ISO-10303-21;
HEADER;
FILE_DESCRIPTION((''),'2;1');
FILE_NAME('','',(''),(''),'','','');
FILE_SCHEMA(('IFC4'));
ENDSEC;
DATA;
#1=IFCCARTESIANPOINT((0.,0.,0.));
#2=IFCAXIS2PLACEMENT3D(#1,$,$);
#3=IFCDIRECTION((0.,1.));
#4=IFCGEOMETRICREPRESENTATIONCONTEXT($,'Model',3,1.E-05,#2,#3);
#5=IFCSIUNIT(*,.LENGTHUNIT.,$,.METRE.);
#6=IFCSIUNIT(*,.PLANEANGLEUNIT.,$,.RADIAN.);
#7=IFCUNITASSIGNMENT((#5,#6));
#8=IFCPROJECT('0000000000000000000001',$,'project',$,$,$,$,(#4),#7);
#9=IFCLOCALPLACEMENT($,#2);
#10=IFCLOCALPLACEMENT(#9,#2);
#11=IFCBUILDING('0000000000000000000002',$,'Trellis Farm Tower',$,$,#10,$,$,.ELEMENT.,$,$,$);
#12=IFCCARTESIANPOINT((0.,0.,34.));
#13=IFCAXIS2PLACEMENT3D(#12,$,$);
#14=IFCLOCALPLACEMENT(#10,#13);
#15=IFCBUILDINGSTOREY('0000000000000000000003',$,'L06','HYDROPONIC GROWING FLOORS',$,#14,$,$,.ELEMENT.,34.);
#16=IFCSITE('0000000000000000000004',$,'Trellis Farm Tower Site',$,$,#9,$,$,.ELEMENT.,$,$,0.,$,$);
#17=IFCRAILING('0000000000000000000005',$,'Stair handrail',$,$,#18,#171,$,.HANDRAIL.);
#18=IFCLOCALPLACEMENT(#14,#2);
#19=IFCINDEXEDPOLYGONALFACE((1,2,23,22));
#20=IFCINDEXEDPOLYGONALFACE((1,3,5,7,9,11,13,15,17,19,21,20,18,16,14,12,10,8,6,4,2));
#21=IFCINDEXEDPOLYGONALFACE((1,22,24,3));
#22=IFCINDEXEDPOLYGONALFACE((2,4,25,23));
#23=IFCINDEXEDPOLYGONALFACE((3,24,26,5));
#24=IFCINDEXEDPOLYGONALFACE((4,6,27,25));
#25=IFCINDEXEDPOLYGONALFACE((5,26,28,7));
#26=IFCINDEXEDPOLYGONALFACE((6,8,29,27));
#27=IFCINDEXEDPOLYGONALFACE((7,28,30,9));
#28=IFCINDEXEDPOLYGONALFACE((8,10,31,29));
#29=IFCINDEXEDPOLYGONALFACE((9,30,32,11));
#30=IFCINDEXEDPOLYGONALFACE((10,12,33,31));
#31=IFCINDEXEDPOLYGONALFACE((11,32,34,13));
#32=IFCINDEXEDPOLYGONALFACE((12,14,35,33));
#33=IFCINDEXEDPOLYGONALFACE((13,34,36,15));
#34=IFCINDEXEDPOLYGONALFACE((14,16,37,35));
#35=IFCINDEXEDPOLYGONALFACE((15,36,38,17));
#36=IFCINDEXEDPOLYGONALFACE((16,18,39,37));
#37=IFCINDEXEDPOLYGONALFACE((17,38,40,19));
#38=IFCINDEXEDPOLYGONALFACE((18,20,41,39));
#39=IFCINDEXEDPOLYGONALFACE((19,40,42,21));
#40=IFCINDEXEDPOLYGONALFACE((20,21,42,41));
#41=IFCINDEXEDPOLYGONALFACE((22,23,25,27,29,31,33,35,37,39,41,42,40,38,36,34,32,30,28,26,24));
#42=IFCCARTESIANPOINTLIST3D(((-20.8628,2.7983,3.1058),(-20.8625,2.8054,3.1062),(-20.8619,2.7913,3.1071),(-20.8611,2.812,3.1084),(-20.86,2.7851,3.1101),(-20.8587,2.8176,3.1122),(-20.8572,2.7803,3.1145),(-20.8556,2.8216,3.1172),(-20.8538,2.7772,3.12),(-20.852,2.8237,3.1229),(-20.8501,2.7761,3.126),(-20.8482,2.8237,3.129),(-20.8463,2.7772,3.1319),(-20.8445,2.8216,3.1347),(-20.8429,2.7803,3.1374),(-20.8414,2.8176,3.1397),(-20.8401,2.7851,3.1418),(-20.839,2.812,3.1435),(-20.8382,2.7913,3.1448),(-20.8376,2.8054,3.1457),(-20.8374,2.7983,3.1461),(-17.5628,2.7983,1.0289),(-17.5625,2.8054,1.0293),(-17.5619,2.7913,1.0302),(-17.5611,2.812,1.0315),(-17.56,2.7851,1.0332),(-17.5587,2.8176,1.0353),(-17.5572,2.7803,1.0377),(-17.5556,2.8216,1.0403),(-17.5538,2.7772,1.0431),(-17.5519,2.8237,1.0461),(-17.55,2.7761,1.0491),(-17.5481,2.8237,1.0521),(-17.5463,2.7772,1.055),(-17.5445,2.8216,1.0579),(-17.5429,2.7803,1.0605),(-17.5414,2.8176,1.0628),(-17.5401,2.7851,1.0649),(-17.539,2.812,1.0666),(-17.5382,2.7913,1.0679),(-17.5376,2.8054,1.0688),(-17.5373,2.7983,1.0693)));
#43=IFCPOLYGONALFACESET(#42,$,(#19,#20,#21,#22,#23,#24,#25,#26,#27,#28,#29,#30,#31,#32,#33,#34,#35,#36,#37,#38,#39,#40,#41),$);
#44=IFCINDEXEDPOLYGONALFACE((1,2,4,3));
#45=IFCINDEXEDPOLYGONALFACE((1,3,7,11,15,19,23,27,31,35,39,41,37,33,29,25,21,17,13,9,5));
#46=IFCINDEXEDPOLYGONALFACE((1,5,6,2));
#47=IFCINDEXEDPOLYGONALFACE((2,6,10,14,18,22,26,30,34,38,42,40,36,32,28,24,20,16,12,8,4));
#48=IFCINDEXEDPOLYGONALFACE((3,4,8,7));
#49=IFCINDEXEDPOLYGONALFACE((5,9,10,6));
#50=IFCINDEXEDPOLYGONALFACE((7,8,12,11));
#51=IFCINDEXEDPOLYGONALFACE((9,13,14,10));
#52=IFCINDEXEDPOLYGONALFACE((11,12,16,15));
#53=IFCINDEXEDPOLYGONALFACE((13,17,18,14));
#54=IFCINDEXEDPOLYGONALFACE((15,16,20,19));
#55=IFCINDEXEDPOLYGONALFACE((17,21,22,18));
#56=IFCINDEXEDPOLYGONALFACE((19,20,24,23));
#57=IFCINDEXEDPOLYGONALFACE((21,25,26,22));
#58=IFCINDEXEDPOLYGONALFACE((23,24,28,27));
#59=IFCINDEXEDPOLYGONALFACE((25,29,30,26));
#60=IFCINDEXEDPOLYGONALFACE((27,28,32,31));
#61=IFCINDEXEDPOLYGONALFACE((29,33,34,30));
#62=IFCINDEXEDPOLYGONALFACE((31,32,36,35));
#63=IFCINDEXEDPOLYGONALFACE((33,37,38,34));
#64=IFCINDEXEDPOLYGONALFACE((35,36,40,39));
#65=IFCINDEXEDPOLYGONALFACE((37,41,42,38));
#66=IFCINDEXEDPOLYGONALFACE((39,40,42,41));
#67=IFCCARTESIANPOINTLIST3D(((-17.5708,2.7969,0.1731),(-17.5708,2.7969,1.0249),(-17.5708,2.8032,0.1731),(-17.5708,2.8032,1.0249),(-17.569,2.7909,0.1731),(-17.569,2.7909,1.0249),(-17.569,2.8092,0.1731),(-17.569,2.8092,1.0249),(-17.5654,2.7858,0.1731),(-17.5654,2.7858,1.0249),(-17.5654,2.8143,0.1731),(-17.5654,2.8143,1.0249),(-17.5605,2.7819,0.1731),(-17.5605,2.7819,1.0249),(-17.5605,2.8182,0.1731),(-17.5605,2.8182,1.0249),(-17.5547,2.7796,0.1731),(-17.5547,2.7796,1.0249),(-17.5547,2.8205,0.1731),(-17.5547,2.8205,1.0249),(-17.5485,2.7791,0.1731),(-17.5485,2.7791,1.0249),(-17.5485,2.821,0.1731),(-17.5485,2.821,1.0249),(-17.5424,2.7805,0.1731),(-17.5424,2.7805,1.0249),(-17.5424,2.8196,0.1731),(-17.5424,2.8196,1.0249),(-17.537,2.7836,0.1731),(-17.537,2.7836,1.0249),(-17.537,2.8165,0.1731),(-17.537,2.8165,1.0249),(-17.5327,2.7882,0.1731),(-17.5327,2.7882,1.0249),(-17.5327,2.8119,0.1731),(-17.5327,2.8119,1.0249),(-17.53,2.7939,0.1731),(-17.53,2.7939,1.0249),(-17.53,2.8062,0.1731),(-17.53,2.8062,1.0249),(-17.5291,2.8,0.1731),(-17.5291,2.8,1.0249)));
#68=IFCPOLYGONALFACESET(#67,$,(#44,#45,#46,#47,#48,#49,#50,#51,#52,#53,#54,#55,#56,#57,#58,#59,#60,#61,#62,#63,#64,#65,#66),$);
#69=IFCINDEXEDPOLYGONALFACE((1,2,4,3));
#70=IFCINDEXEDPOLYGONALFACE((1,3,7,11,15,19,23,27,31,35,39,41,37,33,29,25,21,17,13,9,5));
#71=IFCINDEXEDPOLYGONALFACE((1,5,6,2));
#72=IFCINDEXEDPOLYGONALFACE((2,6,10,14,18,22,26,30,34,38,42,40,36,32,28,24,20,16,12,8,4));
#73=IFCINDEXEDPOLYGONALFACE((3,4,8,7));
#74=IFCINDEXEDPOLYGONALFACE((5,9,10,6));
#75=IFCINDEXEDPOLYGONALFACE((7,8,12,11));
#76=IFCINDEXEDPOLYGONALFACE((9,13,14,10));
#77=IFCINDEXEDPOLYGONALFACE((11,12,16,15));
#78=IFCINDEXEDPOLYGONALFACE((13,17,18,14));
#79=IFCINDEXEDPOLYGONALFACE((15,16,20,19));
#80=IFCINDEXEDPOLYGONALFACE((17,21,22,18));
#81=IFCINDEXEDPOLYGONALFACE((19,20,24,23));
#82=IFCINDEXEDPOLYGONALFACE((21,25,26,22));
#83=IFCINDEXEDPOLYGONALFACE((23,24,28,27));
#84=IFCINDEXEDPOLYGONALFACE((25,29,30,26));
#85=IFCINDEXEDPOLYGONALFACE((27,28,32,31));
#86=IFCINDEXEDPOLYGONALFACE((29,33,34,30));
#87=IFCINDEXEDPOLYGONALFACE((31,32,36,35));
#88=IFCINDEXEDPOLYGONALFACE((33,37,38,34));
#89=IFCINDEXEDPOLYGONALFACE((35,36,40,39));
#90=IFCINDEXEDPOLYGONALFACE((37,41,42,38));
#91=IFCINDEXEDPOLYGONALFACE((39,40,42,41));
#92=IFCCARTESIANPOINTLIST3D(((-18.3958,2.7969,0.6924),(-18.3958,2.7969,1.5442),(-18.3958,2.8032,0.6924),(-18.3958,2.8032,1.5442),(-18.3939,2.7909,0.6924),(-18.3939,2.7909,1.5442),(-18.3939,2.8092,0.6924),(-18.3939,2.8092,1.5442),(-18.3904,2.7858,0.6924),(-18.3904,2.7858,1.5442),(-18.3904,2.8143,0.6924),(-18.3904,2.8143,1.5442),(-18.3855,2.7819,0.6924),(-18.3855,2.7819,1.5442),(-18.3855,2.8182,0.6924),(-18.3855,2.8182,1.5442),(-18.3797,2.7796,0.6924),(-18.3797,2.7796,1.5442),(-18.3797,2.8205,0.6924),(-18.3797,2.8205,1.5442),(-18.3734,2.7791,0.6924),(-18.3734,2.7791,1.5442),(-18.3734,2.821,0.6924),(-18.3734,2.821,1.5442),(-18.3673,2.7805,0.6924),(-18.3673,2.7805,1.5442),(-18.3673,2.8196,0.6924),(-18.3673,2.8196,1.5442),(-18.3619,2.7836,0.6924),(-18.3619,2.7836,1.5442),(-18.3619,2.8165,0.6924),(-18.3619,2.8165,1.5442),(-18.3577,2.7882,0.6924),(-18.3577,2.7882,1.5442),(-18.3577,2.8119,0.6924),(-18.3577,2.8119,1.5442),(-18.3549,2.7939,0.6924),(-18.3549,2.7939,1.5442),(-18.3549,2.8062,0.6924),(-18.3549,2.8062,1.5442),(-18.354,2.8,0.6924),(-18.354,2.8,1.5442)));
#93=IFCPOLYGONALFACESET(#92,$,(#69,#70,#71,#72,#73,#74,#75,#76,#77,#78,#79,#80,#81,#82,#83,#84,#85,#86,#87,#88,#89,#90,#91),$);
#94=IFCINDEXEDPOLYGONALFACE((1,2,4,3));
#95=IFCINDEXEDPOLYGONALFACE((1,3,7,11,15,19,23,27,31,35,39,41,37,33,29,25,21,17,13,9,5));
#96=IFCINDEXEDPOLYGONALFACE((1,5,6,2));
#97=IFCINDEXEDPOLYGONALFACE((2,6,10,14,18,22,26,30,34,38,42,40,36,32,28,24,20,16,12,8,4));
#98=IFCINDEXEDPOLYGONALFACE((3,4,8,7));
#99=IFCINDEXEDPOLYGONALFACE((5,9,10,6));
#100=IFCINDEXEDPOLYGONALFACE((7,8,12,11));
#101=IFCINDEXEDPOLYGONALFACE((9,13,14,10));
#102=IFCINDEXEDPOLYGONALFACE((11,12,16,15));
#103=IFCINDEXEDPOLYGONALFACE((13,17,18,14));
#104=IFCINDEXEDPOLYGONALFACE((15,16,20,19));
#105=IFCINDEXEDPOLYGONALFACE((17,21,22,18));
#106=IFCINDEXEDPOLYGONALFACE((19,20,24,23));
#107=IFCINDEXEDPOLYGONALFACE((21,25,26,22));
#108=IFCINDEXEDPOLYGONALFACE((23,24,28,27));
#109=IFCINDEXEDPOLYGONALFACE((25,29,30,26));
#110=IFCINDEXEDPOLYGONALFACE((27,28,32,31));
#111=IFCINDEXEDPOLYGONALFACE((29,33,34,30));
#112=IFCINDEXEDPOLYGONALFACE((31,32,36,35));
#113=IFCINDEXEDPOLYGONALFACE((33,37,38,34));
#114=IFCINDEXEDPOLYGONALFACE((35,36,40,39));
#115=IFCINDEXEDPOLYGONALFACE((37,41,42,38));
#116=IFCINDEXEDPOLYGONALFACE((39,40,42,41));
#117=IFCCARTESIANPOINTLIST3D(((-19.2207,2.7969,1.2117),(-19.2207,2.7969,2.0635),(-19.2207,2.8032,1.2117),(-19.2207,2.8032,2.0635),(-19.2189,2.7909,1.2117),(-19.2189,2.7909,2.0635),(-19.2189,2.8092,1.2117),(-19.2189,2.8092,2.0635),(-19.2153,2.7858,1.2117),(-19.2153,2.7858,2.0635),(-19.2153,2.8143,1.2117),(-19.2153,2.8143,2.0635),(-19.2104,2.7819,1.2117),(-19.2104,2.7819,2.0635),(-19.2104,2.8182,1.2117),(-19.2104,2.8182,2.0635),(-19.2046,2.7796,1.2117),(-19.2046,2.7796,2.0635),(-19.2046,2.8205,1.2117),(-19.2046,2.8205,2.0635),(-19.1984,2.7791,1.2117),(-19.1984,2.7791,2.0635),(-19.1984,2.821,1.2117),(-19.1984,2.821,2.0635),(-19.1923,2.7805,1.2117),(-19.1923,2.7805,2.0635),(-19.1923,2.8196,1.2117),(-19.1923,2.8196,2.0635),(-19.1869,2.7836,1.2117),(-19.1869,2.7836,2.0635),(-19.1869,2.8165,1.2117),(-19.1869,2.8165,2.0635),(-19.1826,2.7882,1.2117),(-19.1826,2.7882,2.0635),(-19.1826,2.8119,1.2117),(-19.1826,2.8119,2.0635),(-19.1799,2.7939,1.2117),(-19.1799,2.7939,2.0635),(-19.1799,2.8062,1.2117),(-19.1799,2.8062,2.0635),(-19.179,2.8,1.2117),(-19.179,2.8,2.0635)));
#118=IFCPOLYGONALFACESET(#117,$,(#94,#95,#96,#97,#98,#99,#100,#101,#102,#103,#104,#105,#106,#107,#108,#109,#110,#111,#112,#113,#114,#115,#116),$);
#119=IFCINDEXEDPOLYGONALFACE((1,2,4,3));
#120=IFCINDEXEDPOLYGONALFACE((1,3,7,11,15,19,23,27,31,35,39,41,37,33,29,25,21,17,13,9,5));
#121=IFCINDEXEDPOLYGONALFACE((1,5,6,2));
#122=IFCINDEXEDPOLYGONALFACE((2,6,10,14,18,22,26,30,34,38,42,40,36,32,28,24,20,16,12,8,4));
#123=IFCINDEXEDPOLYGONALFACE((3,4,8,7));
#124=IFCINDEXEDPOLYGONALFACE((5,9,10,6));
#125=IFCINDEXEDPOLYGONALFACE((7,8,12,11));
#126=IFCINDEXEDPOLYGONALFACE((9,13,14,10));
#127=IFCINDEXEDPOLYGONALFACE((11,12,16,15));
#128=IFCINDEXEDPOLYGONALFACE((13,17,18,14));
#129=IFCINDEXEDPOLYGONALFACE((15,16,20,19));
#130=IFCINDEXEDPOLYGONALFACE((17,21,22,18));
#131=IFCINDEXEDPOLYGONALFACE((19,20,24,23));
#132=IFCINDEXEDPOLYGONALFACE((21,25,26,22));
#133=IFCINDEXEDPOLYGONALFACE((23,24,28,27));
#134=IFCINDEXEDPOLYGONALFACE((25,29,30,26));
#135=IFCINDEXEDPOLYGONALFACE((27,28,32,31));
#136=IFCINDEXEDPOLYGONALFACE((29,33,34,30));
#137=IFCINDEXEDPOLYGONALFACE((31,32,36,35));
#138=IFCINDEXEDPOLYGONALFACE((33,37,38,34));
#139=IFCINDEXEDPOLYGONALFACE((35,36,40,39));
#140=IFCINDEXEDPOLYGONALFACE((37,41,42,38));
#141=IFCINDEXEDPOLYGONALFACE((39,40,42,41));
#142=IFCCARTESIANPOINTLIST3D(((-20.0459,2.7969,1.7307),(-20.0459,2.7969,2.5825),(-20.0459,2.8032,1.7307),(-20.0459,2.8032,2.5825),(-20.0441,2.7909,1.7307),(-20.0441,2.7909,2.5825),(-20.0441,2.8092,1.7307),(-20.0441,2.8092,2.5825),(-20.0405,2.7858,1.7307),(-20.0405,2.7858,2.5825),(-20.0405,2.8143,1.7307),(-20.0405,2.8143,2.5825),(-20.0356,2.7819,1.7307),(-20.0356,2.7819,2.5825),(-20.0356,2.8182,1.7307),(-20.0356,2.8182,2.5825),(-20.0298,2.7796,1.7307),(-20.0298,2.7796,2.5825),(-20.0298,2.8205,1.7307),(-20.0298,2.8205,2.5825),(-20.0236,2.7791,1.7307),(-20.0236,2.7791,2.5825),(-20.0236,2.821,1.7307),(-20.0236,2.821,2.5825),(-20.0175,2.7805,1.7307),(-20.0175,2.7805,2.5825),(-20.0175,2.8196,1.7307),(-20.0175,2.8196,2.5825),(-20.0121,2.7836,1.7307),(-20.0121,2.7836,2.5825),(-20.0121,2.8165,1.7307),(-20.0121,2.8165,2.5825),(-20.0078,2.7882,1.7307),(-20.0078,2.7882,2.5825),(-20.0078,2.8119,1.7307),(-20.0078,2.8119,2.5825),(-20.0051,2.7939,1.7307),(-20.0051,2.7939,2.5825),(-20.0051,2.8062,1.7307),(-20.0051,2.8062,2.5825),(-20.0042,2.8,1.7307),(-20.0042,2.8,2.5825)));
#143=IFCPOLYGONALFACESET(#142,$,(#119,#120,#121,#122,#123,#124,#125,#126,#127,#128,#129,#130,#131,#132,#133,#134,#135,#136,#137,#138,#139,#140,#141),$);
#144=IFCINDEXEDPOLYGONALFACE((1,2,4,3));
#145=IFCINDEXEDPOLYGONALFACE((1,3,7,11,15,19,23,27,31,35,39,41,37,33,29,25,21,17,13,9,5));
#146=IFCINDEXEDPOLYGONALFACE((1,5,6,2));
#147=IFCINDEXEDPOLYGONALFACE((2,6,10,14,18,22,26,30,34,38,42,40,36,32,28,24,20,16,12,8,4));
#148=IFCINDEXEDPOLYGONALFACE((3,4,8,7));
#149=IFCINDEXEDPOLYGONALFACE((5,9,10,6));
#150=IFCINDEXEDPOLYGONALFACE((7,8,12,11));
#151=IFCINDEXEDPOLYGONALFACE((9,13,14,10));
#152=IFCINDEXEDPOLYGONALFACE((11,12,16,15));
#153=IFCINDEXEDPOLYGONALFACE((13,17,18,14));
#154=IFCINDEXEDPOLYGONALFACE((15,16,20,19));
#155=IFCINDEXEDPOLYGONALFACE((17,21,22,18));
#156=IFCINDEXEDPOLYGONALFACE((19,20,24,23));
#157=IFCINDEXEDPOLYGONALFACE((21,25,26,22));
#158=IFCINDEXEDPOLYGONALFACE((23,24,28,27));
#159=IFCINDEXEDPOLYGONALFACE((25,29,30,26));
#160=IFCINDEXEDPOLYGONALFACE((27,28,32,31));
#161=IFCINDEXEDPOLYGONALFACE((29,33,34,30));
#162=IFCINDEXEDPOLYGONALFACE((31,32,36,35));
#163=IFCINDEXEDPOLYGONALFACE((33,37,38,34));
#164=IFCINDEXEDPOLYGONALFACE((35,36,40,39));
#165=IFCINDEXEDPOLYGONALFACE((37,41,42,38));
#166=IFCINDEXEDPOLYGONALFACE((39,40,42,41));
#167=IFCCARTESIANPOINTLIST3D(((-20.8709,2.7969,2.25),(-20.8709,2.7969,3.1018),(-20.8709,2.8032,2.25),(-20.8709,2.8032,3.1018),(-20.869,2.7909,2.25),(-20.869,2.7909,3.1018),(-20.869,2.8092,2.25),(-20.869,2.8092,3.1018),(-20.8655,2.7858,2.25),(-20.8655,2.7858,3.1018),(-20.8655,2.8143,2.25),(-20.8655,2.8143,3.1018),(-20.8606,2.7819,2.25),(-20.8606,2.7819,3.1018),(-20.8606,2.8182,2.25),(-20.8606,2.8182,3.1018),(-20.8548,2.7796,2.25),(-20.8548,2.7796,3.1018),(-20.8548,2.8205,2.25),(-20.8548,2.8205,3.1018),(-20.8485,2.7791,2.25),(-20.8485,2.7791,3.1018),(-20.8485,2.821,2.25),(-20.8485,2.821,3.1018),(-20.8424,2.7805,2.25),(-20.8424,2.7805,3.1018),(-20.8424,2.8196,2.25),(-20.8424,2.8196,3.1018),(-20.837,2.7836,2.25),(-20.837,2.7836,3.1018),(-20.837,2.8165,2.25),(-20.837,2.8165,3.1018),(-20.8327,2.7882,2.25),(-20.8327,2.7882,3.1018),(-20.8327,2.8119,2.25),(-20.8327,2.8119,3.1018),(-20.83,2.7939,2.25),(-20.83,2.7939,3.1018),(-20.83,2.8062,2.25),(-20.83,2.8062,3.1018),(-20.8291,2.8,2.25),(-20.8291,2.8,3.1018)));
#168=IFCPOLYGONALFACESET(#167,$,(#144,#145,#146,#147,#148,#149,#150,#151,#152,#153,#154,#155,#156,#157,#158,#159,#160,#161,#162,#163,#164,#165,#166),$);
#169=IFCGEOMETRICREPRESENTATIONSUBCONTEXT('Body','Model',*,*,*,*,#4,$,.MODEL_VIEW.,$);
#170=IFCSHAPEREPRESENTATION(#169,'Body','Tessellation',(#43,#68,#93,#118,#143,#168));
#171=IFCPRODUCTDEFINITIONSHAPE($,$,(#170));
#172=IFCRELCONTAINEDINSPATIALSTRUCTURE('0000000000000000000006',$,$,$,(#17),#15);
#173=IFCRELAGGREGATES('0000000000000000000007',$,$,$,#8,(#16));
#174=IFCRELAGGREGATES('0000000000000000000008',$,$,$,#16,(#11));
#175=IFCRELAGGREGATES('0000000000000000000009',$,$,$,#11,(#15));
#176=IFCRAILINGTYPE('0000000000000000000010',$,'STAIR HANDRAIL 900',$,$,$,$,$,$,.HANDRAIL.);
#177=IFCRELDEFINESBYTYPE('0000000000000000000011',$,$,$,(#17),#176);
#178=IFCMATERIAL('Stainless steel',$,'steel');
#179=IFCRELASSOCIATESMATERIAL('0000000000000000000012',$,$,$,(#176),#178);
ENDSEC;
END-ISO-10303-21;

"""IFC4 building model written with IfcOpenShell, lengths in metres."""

from ifc_helpers import new_model, si_unit, direction, frame, origin, origin_2d, place, context, subcontext, project, spatial, circle, extrude, source, transform, mapped, material, type_object, element, save


model = new_model("IFC4")

# Units and contexts
model_context = context("Model", 3, precision=1e-05, world=origin(), true_north=direction((0.0, 1.0)))
body_context = subcontext(model_context, "Body", "Model", "MODEL_VIEW")
ifc_project = project(units=[si_unit("LENGTHUNIT", "METRE"), si_unit("PLANEANGLEUNIT", "RADIAN")], contexts=[model_context])

# Site, building, storey
site_placement = place(None, origin())
site = spatial("IfcSite", under=ifc_project, at=site_placement, Name="Trellis Farm Tower Site", CompositionType="ELEMENT", RefElevation=0.0)
building_placement = place(site_placement, origin())
building = spatial("IfcBuilding", under=site, at=building_placement, Name="Trellis Farm Tower", CompositionType="ELEMENT")
storey_placement = place(building_placement, frame((0.0, 0.0, 34.0)))
storey = spatial("IfcBuildingStorey", under=building, at=storey_placement, Name="L06", Description="HYDROPONIC GROWING FLOORS", CompositionType="ELEMENT", Elevation=34.0)

# Shared definitions
ifc_material_1 = material(Name="Stainless steel", Category="steel")

# Railing
railing_type = type_object("IfcRailingType", Name="STAIR HANDRAIL 900", PredefinedType="HANDRAIL", material=ifc_material_1)
shared_shape_1 = source(origin(), body_context, "Body", "SweptSolid", [
    extrude(circle(Radius=0.0239, at=origin_2d()), frame((0.0, 0.0, 0.876), z_axis=(-0.846337, 0.0, 0.532647), x_axis=(0.0, -1.0, 0.0)), (0.0, 0.0, 1.0), 3.8992),
    extrude(circle(Radius=0.021, at=origin_2d()), origin(), (0.0, 0.0, 1.0), 0.8518),
    extrude(circle(Radius=0.021, at=origin_2d()), frame((-0.825, 0.0, 0.5193)), (0.0, 0.0, 1.0), 0.8518),
    extrude(circle(Radius=0.021, at=origin_2d()), frame((-1.6499, 0.0, 1.0386)), (0.0, 0.0, 1.0), 0.8518),
    extrude(circle(Radius=0.021, at=origin_2d()), frame((-2.4751, 0.0, 1.5576)), (0.0, 0.0, 1.0), 0.8518),
    extrude(circle(Radius=0.021, at=origin_2d()), frame((-3.3, 0.0, 2.0769)), (0.0, 0.0, 1.0), 0.8518),
])
for number, where, name in (
    (1, (-17.55, 2.8, 0.1731), "Stair handrail"),
):
    element("IfcRailing", number, at=place(storey_placement, frame(where)), inside=storey, type_object=railing_type, Name=name, PredefinedType="HANDRAIL", context=body_context, shape_type="MappedRepresentation", body=[
        mapped(shared_shape_1, transform((0.0, 0.0, 0.0))),
    ])

save(model, "model.ifc")
